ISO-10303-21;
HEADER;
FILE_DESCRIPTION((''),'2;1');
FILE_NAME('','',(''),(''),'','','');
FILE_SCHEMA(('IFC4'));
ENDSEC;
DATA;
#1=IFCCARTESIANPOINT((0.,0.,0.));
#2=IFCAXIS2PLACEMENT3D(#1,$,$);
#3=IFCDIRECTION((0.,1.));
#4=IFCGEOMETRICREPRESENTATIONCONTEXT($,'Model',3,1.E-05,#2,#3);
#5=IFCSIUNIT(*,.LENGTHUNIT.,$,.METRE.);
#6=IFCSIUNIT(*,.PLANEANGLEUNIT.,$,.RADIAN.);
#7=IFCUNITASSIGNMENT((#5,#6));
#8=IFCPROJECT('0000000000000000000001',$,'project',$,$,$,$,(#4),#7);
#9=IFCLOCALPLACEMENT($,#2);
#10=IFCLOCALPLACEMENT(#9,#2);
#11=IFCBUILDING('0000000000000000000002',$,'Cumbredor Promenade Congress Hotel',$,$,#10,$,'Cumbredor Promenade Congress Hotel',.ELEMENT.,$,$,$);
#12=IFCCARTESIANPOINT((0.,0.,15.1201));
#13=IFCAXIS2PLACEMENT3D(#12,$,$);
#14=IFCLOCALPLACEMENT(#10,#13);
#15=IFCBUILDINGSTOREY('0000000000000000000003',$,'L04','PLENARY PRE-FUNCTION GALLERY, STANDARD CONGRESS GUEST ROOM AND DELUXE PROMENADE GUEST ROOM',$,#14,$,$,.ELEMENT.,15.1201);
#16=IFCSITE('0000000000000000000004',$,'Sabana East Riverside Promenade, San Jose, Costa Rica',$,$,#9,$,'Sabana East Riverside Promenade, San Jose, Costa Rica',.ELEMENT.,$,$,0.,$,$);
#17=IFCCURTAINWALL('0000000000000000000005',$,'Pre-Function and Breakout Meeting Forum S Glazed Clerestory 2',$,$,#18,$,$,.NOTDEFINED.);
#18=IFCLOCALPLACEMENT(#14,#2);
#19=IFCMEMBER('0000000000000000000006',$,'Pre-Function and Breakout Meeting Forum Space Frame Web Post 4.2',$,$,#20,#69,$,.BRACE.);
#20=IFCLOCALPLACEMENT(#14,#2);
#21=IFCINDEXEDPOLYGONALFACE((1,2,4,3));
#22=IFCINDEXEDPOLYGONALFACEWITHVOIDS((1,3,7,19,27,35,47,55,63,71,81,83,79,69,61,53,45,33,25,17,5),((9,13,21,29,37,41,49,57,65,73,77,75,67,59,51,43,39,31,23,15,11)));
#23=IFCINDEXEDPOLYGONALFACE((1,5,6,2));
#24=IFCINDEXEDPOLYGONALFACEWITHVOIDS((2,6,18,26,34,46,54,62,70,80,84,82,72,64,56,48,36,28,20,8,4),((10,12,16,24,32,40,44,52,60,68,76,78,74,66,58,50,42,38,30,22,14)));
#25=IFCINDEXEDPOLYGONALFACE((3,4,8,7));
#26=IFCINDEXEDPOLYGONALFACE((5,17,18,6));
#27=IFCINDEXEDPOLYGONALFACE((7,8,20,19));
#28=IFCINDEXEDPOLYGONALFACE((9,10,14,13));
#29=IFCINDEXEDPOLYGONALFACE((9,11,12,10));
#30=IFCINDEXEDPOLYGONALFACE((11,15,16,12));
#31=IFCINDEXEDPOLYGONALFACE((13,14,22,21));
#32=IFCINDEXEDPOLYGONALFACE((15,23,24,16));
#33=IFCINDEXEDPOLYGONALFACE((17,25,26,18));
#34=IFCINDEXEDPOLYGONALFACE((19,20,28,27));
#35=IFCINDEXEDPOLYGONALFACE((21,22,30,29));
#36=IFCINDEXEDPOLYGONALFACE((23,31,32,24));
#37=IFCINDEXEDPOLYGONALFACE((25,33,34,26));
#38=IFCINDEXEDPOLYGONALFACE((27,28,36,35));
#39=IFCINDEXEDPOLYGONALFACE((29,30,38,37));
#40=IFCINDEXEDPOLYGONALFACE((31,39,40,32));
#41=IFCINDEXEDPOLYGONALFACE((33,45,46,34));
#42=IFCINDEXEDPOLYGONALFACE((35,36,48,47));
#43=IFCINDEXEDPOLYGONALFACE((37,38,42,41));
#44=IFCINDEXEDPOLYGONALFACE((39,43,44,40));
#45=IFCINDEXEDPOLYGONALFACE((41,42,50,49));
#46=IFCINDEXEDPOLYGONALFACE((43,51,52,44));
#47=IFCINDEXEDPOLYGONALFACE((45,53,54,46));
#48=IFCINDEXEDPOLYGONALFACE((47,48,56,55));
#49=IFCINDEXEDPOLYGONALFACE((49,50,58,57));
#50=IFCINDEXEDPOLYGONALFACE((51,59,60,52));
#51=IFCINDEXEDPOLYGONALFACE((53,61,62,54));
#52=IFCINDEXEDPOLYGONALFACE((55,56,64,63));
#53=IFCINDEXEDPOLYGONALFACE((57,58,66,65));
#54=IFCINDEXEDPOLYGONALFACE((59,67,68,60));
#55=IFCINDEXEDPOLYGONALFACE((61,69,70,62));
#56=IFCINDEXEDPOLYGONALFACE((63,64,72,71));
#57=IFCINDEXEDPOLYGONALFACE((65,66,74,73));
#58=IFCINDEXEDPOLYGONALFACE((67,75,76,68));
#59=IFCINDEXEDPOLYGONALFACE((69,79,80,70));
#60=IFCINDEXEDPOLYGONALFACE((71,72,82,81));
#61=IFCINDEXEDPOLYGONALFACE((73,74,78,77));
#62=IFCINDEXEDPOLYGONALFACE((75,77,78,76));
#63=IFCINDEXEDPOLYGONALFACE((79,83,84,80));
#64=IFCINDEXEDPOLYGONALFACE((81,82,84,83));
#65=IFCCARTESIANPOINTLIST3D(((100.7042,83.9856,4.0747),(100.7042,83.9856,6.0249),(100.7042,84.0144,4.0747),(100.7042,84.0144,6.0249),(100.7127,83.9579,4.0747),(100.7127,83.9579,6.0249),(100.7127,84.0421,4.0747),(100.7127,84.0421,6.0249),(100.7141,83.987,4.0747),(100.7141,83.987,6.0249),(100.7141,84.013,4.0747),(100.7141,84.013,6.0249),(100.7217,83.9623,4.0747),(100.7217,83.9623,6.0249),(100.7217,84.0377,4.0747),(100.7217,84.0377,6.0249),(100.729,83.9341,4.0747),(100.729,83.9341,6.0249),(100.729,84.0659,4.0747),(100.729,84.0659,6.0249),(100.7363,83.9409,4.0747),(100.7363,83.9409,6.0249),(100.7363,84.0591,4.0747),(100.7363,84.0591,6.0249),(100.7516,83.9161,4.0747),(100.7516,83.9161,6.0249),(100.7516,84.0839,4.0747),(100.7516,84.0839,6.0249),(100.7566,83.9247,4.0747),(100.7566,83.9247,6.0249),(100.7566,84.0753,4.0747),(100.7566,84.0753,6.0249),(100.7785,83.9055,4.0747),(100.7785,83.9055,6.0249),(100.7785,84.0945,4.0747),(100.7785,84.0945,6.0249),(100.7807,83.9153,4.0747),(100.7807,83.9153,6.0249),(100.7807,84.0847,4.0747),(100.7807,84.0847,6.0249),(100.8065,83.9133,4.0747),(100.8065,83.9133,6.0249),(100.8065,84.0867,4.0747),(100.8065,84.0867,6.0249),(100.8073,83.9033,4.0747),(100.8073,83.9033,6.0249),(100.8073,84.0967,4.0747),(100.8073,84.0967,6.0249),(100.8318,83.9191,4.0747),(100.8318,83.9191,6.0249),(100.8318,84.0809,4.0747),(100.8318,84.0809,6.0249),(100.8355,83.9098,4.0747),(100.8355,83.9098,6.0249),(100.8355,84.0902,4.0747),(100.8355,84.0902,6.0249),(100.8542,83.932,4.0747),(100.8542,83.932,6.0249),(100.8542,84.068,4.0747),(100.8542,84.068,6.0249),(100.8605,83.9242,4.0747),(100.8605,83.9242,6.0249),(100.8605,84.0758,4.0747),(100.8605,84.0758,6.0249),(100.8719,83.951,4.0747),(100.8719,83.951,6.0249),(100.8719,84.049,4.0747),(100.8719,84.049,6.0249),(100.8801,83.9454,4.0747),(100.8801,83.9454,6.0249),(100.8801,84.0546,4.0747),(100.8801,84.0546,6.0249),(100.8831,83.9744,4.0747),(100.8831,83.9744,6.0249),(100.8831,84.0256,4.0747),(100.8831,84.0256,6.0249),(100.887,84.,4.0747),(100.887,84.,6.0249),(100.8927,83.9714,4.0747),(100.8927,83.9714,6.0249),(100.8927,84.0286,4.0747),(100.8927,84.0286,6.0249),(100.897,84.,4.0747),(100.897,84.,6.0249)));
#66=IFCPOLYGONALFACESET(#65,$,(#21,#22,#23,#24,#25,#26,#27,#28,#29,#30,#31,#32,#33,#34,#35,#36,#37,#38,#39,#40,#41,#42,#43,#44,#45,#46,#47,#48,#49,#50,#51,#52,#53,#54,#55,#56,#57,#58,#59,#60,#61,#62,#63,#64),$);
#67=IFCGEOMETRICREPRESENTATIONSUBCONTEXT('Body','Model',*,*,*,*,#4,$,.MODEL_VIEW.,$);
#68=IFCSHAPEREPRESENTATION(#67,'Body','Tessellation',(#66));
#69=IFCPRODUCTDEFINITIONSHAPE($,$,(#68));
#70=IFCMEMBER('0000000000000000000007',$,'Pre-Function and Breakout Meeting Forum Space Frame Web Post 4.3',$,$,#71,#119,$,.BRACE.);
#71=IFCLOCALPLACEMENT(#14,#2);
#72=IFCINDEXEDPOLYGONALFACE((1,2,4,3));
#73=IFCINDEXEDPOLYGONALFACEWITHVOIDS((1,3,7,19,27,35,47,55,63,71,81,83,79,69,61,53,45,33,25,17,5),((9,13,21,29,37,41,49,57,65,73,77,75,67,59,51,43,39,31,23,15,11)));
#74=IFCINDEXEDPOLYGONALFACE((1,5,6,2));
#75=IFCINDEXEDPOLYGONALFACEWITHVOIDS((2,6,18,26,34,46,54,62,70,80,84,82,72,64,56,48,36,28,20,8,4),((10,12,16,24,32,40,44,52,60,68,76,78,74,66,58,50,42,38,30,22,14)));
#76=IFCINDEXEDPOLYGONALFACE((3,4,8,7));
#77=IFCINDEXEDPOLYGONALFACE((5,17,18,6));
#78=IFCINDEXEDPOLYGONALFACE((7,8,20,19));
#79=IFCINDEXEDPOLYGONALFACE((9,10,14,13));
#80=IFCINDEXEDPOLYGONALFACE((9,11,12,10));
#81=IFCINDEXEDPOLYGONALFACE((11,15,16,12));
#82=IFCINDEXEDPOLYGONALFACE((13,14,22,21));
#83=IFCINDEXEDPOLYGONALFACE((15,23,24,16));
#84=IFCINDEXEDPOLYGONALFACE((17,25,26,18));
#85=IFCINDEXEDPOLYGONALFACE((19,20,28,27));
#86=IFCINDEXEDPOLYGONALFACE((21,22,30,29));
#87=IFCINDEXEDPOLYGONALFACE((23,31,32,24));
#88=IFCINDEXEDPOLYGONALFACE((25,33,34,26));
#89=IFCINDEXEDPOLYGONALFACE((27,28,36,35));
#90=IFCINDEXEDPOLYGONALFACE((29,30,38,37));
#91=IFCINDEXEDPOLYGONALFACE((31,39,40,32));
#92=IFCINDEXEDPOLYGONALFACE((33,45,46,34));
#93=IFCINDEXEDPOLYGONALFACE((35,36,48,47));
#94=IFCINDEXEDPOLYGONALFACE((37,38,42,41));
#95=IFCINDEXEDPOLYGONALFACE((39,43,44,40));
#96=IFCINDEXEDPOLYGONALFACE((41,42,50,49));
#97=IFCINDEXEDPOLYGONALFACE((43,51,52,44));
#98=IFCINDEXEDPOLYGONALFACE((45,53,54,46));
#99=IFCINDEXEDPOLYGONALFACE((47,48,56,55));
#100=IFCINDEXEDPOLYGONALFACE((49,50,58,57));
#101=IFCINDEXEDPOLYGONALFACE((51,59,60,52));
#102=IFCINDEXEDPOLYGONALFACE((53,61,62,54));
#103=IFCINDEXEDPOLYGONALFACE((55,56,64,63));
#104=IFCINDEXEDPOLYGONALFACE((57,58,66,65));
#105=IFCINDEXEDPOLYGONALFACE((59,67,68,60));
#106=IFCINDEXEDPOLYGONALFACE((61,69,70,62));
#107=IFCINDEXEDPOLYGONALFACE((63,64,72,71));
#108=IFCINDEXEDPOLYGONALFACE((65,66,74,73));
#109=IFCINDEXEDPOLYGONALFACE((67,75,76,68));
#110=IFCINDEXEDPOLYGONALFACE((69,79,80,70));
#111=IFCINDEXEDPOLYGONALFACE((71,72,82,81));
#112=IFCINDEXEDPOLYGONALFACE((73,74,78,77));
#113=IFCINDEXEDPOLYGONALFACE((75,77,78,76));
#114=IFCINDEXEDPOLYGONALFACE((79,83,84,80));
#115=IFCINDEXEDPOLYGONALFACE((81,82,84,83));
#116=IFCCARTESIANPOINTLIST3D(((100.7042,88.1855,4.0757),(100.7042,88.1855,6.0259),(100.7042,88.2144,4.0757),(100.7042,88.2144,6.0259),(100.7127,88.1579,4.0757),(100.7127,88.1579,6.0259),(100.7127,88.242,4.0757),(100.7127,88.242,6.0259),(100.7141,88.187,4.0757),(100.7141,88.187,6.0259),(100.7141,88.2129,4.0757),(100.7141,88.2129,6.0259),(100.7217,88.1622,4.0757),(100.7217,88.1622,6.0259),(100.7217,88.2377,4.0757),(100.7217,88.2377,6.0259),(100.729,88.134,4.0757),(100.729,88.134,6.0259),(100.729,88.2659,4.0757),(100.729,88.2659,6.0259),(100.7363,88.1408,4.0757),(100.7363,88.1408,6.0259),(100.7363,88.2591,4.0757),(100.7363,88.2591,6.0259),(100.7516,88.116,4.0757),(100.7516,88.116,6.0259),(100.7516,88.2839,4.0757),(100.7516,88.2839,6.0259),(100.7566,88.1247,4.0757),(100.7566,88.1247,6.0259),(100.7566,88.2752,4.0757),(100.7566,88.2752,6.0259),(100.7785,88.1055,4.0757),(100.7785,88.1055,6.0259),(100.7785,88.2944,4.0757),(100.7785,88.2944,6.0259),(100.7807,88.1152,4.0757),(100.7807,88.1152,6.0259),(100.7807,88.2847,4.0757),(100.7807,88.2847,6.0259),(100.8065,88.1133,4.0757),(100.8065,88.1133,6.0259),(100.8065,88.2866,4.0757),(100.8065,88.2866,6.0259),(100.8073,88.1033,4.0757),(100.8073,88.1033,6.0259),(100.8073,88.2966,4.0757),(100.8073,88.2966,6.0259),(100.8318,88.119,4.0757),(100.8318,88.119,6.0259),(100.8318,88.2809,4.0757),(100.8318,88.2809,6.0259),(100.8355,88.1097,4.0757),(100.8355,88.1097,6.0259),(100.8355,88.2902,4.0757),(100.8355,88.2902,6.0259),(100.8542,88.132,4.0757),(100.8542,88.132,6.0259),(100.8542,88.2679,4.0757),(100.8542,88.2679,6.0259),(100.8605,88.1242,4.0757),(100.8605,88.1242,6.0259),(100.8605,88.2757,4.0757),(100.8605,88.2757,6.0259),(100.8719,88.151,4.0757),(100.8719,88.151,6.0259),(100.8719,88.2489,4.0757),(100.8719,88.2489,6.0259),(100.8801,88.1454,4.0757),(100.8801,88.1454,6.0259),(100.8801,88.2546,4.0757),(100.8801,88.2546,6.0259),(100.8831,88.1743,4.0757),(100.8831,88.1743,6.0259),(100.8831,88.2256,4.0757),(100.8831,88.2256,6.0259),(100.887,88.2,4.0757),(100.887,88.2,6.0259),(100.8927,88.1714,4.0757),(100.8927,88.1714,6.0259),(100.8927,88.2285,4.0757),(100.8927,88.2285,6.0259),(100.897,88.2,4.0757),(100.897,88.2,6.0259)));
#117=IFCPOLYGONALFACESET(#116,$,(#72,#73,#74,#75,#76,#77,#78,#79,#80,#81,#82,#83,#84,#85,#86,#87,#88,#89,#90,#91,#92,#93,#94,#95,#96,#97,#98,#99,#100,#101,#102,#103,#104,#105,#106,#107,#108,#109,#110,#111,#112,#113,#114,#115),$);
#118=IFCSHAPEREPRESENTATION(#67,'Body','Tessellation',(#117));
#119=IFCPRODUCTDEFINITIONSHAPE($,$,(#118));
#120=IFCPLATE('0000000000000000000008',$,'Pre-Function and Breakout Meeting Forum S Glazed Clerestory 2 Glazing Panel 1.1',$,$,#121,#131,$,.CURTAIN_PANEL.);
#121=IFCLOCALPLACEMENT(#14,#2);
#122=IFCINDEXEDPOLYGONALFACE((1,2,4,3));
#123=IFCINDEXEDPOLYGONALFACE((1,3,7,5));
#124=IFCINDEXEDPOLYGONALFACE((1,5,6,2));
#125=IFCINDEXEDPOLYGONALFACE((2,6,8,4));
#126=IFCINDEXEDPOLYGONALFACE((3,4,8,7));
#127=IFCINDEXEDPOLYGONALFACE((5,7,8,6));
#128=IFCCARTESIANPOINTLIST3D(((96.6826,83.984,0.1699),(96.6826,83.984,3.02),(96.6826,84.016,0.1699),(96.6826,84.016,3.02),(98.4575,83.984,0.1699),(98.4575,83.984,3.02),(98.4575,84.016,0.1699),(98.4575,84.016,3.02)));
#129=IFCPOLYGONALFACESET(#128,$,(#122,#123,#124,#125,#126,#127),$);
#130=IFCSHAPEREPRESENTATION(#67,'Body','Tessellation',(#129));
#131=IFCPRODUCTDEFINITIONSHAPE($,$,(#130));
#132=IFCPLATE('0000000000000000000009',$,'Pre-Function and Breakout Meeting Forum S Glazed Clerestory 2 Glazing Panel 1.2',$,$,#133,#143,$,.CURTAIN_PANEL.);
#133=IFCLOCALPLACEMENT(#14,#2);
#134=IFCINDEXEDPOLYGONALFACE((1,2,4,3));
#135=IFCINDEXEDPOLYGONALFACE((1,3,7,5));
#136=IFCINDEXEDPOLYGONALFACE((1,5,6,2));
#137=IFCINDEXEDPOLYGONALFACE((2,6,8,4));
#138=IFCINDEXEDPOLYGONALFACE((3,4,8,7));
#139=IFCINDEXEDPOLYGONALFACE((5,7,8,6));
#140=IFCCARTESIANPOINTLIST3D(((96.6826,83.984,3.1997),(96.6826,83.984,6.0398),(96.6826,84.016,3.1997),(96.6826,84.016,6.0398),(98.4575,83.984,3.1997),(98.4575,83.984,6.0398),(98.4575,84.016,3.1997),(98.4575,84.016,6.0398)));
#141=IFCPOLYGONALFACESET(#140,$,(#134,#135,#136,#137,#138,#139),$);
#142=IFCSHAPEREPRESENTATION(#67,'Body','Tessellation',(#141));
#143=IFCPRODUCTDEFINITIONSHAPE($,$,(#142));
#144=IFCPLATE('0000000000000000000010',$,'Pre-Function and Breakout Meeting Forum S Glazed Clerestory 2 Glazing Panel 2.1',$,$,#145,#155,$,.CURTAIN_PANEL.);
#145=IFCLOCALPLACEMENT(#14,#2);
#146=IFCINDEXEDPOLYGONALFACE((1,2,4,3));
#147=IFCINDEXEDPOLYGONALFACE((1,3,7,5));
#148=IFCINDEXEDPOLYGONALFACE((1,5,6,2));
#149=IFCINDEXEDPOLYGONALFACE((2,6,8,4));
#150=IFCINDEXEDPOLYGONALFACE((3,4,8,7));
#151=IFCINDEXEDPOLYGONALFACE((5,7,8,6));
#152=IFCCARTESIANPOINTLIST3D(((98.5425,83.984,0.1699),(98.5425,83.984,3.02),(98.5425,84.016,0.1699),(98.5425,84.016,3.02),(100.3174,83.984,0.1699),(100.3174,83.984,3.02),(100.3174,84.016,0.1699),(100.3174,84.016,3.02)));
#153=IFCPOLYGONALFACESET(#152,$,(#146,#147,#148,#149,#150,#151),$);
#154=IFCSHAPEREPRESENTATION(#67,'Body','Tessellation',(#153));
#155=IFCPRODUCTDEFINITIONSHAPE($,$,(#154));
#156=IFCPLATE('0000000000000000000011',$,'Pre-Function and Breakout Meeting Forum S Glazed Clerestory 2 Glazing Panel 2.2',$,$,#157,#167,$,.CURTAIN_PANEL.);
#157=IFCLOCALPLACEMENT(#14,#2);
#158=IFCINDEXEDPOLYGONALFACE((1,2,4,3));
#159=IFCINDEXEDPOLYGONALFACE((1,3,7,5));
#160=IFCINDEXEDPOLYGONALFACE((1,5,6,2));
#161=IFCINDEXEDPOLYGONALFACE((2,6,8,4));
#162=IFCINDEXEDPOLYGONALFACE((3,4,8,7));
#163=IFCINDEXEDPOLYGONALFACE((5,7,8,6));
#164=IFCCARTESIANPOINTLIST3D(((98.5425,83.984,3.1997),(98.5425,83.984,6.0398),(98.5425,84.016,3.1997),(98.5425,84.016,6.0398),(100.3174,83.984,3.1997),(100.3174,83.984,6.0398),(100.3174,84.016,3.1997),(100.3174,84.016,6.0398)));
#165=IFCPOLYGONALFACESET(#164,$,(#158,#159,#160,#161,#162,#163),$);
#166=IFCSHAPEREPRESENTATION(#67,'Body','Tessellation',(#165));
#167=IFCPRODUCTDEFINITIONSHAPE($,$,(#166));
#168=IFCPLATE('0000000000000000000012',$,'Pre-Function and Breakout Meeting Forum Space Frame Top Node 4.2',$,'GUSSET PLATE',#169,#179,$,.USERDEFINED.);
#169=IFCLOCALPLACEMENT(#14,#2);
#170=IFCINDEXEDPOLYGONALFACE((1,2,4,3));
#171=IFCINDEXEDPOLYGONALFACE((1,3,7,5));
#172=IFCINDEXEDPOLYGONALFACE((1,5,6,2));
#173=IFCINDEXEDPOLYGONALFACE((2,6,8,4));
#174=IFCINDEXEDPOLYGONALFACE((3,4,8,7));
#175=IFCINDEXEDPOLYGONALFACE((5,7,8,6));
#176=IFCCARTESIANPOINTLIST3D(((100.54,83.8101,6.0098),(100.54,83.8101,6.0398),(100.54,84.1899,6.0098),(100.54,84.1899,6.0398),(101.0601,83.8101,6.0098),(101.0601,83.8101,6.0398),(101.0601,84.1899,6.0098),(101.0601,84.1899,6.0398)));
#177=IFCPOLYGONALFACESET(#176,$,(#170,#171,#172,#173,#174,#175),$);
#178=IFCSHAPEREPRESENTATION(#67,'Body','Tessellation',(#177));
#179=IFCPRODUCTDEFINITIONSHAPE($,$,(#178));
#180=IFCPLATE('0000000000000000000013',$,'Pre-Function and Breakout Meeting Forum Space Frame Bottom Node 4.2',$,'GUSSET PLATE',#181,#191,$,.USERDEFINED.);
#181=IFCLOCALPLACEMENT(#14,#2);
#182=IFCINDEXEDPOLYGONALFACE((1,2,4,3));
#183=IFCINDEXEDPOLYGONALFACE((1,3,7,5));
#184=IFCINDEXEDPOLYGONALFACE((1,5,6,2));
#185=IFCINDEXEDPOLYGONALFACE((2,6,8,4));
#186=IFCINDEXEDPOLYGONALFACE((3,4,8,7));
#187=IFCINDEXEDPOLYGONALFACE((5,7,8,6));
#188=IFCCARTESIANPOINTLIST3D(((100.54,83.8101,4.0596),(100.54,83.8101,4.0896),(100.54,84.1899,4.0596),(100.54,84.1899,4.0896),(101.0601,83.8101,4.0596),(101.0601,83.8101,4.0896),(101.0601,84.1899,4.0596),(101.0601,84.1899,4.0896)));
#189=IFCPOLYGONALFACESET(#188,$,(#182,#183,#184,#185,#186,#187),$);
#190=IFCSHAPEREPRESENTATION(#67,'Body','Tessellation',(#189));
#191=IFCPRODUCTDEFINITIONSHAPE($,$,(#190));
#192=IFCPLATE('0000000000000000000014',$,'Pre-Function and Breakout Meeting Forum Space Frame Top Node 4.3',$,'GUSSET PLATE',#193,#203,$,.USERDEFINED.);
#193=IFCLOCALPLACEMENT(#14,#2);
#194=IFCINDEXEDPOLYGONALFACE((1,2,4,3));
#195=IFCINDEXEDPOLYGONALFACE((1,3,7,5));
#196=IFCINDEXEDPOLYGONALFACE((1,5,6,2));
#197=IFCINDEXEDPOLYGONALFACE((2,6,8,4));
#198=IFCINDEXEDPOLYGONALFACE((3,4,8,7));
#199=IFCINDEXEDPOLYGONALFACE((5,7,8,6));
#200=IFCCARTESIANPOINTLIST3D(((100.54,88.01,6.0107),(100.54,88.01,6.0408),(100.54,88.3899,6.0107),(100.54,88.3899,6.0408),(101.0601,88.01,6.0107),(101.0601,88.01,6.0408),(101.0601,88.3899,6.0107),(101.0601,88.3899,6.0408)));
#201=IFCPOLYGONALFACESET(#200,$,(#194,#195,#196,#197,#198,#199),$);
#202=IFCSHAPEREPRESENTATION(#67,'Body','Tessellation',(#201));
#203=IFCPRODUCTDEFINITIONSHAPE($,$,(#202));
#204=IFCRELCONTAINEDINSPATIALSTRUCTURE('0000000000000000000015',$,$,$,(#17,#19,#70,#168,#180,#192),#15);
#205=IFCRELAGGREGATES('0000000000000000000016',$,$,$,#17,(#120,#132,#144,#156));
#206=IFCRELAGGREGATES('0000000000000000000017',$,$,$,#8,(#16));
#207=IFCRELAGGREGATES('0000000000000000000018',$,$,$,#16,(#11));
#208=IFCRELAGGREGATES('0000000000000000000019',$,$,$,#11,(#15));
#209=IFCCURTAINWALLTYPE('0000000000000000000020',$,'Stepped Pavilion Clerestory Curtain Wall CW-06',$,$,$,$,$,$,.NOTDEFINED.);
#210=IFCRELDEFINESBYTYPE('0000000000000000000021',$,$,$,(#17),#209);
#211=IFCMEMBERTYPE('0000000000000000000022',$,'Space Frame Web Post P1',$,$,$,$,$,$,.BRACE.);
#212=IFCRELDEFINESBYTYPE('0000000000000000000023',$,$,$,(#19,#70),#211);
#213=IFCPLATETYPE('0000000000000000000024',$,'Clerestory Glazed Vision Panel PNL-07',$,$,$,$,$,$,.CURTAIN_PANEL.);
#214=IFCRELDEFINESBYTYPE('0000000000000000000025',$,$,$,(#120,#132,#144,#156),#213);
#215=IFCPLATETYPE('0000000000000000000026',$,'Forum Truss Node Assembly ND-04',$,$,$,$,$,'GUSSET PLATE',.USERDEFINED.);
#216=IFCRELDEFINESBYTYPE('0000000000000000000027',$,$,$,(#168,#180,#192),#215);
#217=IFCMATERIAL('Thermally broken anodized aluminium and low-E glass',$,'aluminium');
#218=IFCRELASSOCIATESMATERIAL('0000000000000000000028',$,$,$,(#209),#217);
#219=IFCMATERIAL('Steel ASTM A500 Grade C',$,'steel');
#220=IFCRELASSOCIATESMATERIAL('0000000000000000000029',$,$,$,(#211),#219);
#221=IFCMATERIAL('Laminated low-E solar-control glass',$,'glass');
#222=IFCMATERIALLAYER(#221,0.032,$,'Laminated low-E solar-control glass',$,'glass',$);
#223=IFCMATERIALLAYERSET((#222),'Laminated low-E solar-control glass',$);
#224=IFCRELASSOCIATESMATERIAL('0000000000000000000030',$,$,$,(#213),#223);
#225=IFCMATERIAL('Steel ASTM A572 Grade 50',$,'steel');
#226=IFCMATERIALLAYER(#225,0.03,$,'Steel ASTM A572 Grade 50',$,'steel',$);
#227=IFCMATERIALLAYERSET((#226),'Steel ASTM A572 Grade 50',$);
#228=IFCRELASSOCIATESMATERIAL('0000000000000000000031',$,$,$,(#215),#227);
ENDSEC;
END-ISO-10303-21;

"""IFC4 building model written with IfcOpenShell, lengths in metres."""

from ifc_helpers import new_model, si_unit, direction, frame, origin, origin_2d, place, context, subcontext, project, spatial, rectangle, hollow_circle, extrude, material, layer, layer_set, material_profile, profile_set, type_object, element, aggregate, save


model = new_model("IFC4")

# Units and contexts
model_context = context("Model", 3, precision=1e-05, world=origin(), true_north=direction((0.0, 1.0)))
body_context = subcontext(model_context, "Body", "Model", "MODEL_VIEW")
ifc_project = project(units=[si_unit("LENGTHUNIT", "METRE"), si_unit("PLANEANGLEUNIT", "RADIAN")], contexts=[model_context])

# Site, building, storey
site_placement = place(None, origin())
site = spatial("IfcSite", under=ifc_project, at=site_placement, Name="Sabana East Riverside Promenade, San Jose, Costa Rica", LongName="Sabana East Riverside Promenade, San Jose, Costa Rica", CompositionType="ELEMENT", RefElevation=0.0)
building_placement = place(site_placement, origin())
building = spatial("IfcBuilding", under=site, at=building_placement, Name="Cumbredor Promenade Congress Hotel", LongName="Cumbredor Promenade Congress Hotel", CompositionType="ELEMENT")
storey_placement = place(building_placement, frame((0.0, 0.0, 15.1201)))
storey = spatial("IfcBuildingStorey", under=building, at=storey_placement, Name="L04", Description="PLENARY PRE-FUNCTION GALLERY, STANDARD CONGRESS GUEST ROOM AND DELUXE PROMENADE GUEST ROOM", CompositionType="ELEMENT", Elevation=15.1201)

# Curtain wall
ifc_material_1 = material(Name="Thermally broken anodized aluminium and low-E glass", Category="aluminium")
curtain_wall_type = type_object("IfcCurtainWallType", Name="Stepped Pavilion Clerestory Curtain Wall CW-06", PredefinedType="NOTDEFINED", material=ifc_material_1)
curtain_wall_placement = place(storey_placement, origin())
curtain_wall = element("IfcCurtainWall", 1, at=curtain_wall_placement, inside=storey, type_object=curtain_wall_type, Name="Pre-Function and Breakout Meeting Forum S Glazed Clerestory 2", PredefinedType="NOTDEFINED")

# Members
ifc_material_2 = material(Name="Steel ASTM A500 Grade C", Category="steel")
ifc_material_profile_1 = material_profile(ifc_material_2, hollow_circle(Radius=0.0969, WallThickness=0.01, at=origin_2d()), Name="CHS 193.7x10")
ifc_profile_set_1 = profile_set([ifc_material_profile_1], Name="Steel ASTM A500 Grade C")
member_type_1 = type_object("IfcMemberType", Name="Space Frame Web Post P1", PredefinedType="BRACE", material=ifc_profile_set_1)
for number, where, z_axis, x_axis, name in (
    (2, (100.8, 84.0, 4.0747), (0.0, 0.0, 1.0), (1.0, 0.0, 0.0), "Pre-Function and Breakout Meeting Forum Space Frame Web Post 4.2"),
    (3, (100.8, 88.2, 4.0757), (0.0, 0.0, 1.0), (1.0, 0.0, 0.0), "Pre-Function and Breakout Meeting Forum Space Frame Web Post 4.3"),
):
    element("IfcMember", number, at=place(storey_placement, frame(where, z_axis=z_axis, x_axis=x_axis)), inside=storey, type_object=member_type_1, Name=name, PredefinedType="BRACE", context=body_context, shape_type="SweptSolid", body=[
        extrude(hollow_circle(Radius=0.0969, WallThickness=0.01, at=origin_2d()), origin(), (0.0, 0.0, 1.0), 1.9502),
    ])

# Plates
ifc_material_3 = material(Name="Laminated low-E solar-control glass", Category="glass")
ifc_layer_1 = layer(ifc_material_3, 0.032, Name="Laminated low-E solar-control glass", Category="glass")
ifc_layer_set_1 = layer_set([ifc_layer_1], Name="Laminated low-E solar-control glass")
plate_type_1 = type_object("IfcPlateType", Name="Clerestory Glazed Vision Panel PNL-07", PredefinedType="CURTAIN_PANEL", material=ifc_layer_set_1)
plate_1_placement = place(storey_placement, frame((97.5701, 84.0, 0.1699), z_axis=(0.0, 0.0, 1.0), x_axis=(1.0, 0.0, 0.0)))
plate_1 = element("IfcPlate", 4, at=plate_1_placement, type_object=plate_type_1, Name="Pre-Function and Breakout Meeting Forum S Glazed Clerestory 2 Glazing Panel 1.1", PredefinedType="CURTAIN_PANEL", context=body_context, shape_type="SweptSolid", body=[
    extrude(rectangle(XDim=1.7749, YDim=0.032, at=origin_2d()), origin(), (0.0, 0.0, 1.0), 2.8501),
])
plate_2_placement = place(storey_placement, frame((97.5701, 84.0, 3.1997), z_axis=(0.0, 0.0, 1.0), x_axis=(1.0, 0.0, 0.0)))
plate_2 = element("IfcPlate", 5, at=plate_2_placement, type_object=plate_type_1, Name="Pre-Function and Breakout Meeting Forum S Glazed Clerestory 2 Glazing Panel 1.2", PredefinedType="CURTAIN_PANEL", context=body_context, shape_type="SweptSolid", body=[
    extrude(rectangle(XDim=1.7749, YDim=0.032, at=origin_2d()), origin(), (0.0, 0.0, 1.0), 2.8401),
])
plate_3_placement = place(storey_placement, frame((99.4299, 84.0, 0.1699), z_axis=(0.0, 0.0, 1.0), x_axis=(1.0, 0.0, 0.0)))
plate_3 = element("IfcPlate", 6, at=plate_3_placement, type_object=plate_type_1, Name="Pre-Function and Breakout Meeting Forum S Glazed Clerestory 2 Glazing Panel 2.1", PredefinedType="CURTAIN_PANEL", context=body_context, shape_type="SweptSolid", body=[
    extrude(rectangle(XDim=1.7749, YDim=0.032, at=origin_2d()), origin(), (0.0, 0.0, 1.0), 2.8501),
])
plate_4_placement = place(storey_placement, frame((99.4299, 84.0, 3.1997), z_axis=(0.0, 0.0, 1.0), x_axis=(1.0, 0.0, 0.0)))
plate_4 = element("IfcPlate", 7, at=plate_4_placement, type_object=plate_type_1, Name="Pre-Function and Breakout Meeting Forum S Glazed Clerestory 2 Glazing Panel 2.2", PredefinedType="CURTAIN_PANEL", context=body_context, shape_type="SweptSolid", body=[
    extrude(rectangle(XDim=1.7749, YDim=0.032, at=origin_2d()), origin(), (0.0, 0.0, 1.0), 2.8401),
])
aggregate(curtain_wall, [plate_1, plate_2, plate_3, plate_4])

# Plates
ifc_material_4 = material(Name="Steel ASTM A572 Grade 50", Category="steel")
ifc_layer_2 = layer(ifc_material_4, 0.03, Name="Steel ASTM A572 Grade 50", Category="steel")
ifc_layer_set_2 = layer_set([ifc_layer_2], Name="Steel ASTM A572 Grade 50")
plate_type_2 = type_object("IfcPlateType", Name="Forum Truss Node Assembly ND-04", ElementType="GUSSET PLATE", PredefinedType="USERDEFINED", material=ifc_layer_set_2)
for number, where, z_axis, x_axis, name in (
    (8, (100.8, 84.0, 6.0098), (0.0, 0.0, 1.0), (1.0, 0.0, 0.0), "Pre-Function and Breakout Meeting Forum Space Frame Top Node 4.2"),
    (9, (100.8, 84.0, 4.0596), (0.0, 0.0, 1.0), (1.0, 0.0, 0.0), "Pre-Function and Breakout Meeting Forum Space Frame Bottom Node 4.2"),
    (10, (100.8, 88.2, 6.0107), (0.0, 0.0, 1.0), (1.0, 0.0, 0.0), "Pre-Function and Breakout Meeting Forum Space Frame Top Node 4.3"),
):
    element("IfcPlate", number, at=place(storey_placement, frame(where, z_axis=z_axis, x_axis=x_axis)), inside=storey, type_object=plate_type_2, Name=name, ObjectType="GUSSET PLATE", PredefinedType="USERDEFINED", context=body_context, shape_type="SweptSolid", body=[
        extrude(rectangle(XDim=0.52, YDim=0.3799, at=origin_2d()), origin(), (0.0, 0.0, 1.0), 0.03),
    ])

save(model, "model.ifc")
